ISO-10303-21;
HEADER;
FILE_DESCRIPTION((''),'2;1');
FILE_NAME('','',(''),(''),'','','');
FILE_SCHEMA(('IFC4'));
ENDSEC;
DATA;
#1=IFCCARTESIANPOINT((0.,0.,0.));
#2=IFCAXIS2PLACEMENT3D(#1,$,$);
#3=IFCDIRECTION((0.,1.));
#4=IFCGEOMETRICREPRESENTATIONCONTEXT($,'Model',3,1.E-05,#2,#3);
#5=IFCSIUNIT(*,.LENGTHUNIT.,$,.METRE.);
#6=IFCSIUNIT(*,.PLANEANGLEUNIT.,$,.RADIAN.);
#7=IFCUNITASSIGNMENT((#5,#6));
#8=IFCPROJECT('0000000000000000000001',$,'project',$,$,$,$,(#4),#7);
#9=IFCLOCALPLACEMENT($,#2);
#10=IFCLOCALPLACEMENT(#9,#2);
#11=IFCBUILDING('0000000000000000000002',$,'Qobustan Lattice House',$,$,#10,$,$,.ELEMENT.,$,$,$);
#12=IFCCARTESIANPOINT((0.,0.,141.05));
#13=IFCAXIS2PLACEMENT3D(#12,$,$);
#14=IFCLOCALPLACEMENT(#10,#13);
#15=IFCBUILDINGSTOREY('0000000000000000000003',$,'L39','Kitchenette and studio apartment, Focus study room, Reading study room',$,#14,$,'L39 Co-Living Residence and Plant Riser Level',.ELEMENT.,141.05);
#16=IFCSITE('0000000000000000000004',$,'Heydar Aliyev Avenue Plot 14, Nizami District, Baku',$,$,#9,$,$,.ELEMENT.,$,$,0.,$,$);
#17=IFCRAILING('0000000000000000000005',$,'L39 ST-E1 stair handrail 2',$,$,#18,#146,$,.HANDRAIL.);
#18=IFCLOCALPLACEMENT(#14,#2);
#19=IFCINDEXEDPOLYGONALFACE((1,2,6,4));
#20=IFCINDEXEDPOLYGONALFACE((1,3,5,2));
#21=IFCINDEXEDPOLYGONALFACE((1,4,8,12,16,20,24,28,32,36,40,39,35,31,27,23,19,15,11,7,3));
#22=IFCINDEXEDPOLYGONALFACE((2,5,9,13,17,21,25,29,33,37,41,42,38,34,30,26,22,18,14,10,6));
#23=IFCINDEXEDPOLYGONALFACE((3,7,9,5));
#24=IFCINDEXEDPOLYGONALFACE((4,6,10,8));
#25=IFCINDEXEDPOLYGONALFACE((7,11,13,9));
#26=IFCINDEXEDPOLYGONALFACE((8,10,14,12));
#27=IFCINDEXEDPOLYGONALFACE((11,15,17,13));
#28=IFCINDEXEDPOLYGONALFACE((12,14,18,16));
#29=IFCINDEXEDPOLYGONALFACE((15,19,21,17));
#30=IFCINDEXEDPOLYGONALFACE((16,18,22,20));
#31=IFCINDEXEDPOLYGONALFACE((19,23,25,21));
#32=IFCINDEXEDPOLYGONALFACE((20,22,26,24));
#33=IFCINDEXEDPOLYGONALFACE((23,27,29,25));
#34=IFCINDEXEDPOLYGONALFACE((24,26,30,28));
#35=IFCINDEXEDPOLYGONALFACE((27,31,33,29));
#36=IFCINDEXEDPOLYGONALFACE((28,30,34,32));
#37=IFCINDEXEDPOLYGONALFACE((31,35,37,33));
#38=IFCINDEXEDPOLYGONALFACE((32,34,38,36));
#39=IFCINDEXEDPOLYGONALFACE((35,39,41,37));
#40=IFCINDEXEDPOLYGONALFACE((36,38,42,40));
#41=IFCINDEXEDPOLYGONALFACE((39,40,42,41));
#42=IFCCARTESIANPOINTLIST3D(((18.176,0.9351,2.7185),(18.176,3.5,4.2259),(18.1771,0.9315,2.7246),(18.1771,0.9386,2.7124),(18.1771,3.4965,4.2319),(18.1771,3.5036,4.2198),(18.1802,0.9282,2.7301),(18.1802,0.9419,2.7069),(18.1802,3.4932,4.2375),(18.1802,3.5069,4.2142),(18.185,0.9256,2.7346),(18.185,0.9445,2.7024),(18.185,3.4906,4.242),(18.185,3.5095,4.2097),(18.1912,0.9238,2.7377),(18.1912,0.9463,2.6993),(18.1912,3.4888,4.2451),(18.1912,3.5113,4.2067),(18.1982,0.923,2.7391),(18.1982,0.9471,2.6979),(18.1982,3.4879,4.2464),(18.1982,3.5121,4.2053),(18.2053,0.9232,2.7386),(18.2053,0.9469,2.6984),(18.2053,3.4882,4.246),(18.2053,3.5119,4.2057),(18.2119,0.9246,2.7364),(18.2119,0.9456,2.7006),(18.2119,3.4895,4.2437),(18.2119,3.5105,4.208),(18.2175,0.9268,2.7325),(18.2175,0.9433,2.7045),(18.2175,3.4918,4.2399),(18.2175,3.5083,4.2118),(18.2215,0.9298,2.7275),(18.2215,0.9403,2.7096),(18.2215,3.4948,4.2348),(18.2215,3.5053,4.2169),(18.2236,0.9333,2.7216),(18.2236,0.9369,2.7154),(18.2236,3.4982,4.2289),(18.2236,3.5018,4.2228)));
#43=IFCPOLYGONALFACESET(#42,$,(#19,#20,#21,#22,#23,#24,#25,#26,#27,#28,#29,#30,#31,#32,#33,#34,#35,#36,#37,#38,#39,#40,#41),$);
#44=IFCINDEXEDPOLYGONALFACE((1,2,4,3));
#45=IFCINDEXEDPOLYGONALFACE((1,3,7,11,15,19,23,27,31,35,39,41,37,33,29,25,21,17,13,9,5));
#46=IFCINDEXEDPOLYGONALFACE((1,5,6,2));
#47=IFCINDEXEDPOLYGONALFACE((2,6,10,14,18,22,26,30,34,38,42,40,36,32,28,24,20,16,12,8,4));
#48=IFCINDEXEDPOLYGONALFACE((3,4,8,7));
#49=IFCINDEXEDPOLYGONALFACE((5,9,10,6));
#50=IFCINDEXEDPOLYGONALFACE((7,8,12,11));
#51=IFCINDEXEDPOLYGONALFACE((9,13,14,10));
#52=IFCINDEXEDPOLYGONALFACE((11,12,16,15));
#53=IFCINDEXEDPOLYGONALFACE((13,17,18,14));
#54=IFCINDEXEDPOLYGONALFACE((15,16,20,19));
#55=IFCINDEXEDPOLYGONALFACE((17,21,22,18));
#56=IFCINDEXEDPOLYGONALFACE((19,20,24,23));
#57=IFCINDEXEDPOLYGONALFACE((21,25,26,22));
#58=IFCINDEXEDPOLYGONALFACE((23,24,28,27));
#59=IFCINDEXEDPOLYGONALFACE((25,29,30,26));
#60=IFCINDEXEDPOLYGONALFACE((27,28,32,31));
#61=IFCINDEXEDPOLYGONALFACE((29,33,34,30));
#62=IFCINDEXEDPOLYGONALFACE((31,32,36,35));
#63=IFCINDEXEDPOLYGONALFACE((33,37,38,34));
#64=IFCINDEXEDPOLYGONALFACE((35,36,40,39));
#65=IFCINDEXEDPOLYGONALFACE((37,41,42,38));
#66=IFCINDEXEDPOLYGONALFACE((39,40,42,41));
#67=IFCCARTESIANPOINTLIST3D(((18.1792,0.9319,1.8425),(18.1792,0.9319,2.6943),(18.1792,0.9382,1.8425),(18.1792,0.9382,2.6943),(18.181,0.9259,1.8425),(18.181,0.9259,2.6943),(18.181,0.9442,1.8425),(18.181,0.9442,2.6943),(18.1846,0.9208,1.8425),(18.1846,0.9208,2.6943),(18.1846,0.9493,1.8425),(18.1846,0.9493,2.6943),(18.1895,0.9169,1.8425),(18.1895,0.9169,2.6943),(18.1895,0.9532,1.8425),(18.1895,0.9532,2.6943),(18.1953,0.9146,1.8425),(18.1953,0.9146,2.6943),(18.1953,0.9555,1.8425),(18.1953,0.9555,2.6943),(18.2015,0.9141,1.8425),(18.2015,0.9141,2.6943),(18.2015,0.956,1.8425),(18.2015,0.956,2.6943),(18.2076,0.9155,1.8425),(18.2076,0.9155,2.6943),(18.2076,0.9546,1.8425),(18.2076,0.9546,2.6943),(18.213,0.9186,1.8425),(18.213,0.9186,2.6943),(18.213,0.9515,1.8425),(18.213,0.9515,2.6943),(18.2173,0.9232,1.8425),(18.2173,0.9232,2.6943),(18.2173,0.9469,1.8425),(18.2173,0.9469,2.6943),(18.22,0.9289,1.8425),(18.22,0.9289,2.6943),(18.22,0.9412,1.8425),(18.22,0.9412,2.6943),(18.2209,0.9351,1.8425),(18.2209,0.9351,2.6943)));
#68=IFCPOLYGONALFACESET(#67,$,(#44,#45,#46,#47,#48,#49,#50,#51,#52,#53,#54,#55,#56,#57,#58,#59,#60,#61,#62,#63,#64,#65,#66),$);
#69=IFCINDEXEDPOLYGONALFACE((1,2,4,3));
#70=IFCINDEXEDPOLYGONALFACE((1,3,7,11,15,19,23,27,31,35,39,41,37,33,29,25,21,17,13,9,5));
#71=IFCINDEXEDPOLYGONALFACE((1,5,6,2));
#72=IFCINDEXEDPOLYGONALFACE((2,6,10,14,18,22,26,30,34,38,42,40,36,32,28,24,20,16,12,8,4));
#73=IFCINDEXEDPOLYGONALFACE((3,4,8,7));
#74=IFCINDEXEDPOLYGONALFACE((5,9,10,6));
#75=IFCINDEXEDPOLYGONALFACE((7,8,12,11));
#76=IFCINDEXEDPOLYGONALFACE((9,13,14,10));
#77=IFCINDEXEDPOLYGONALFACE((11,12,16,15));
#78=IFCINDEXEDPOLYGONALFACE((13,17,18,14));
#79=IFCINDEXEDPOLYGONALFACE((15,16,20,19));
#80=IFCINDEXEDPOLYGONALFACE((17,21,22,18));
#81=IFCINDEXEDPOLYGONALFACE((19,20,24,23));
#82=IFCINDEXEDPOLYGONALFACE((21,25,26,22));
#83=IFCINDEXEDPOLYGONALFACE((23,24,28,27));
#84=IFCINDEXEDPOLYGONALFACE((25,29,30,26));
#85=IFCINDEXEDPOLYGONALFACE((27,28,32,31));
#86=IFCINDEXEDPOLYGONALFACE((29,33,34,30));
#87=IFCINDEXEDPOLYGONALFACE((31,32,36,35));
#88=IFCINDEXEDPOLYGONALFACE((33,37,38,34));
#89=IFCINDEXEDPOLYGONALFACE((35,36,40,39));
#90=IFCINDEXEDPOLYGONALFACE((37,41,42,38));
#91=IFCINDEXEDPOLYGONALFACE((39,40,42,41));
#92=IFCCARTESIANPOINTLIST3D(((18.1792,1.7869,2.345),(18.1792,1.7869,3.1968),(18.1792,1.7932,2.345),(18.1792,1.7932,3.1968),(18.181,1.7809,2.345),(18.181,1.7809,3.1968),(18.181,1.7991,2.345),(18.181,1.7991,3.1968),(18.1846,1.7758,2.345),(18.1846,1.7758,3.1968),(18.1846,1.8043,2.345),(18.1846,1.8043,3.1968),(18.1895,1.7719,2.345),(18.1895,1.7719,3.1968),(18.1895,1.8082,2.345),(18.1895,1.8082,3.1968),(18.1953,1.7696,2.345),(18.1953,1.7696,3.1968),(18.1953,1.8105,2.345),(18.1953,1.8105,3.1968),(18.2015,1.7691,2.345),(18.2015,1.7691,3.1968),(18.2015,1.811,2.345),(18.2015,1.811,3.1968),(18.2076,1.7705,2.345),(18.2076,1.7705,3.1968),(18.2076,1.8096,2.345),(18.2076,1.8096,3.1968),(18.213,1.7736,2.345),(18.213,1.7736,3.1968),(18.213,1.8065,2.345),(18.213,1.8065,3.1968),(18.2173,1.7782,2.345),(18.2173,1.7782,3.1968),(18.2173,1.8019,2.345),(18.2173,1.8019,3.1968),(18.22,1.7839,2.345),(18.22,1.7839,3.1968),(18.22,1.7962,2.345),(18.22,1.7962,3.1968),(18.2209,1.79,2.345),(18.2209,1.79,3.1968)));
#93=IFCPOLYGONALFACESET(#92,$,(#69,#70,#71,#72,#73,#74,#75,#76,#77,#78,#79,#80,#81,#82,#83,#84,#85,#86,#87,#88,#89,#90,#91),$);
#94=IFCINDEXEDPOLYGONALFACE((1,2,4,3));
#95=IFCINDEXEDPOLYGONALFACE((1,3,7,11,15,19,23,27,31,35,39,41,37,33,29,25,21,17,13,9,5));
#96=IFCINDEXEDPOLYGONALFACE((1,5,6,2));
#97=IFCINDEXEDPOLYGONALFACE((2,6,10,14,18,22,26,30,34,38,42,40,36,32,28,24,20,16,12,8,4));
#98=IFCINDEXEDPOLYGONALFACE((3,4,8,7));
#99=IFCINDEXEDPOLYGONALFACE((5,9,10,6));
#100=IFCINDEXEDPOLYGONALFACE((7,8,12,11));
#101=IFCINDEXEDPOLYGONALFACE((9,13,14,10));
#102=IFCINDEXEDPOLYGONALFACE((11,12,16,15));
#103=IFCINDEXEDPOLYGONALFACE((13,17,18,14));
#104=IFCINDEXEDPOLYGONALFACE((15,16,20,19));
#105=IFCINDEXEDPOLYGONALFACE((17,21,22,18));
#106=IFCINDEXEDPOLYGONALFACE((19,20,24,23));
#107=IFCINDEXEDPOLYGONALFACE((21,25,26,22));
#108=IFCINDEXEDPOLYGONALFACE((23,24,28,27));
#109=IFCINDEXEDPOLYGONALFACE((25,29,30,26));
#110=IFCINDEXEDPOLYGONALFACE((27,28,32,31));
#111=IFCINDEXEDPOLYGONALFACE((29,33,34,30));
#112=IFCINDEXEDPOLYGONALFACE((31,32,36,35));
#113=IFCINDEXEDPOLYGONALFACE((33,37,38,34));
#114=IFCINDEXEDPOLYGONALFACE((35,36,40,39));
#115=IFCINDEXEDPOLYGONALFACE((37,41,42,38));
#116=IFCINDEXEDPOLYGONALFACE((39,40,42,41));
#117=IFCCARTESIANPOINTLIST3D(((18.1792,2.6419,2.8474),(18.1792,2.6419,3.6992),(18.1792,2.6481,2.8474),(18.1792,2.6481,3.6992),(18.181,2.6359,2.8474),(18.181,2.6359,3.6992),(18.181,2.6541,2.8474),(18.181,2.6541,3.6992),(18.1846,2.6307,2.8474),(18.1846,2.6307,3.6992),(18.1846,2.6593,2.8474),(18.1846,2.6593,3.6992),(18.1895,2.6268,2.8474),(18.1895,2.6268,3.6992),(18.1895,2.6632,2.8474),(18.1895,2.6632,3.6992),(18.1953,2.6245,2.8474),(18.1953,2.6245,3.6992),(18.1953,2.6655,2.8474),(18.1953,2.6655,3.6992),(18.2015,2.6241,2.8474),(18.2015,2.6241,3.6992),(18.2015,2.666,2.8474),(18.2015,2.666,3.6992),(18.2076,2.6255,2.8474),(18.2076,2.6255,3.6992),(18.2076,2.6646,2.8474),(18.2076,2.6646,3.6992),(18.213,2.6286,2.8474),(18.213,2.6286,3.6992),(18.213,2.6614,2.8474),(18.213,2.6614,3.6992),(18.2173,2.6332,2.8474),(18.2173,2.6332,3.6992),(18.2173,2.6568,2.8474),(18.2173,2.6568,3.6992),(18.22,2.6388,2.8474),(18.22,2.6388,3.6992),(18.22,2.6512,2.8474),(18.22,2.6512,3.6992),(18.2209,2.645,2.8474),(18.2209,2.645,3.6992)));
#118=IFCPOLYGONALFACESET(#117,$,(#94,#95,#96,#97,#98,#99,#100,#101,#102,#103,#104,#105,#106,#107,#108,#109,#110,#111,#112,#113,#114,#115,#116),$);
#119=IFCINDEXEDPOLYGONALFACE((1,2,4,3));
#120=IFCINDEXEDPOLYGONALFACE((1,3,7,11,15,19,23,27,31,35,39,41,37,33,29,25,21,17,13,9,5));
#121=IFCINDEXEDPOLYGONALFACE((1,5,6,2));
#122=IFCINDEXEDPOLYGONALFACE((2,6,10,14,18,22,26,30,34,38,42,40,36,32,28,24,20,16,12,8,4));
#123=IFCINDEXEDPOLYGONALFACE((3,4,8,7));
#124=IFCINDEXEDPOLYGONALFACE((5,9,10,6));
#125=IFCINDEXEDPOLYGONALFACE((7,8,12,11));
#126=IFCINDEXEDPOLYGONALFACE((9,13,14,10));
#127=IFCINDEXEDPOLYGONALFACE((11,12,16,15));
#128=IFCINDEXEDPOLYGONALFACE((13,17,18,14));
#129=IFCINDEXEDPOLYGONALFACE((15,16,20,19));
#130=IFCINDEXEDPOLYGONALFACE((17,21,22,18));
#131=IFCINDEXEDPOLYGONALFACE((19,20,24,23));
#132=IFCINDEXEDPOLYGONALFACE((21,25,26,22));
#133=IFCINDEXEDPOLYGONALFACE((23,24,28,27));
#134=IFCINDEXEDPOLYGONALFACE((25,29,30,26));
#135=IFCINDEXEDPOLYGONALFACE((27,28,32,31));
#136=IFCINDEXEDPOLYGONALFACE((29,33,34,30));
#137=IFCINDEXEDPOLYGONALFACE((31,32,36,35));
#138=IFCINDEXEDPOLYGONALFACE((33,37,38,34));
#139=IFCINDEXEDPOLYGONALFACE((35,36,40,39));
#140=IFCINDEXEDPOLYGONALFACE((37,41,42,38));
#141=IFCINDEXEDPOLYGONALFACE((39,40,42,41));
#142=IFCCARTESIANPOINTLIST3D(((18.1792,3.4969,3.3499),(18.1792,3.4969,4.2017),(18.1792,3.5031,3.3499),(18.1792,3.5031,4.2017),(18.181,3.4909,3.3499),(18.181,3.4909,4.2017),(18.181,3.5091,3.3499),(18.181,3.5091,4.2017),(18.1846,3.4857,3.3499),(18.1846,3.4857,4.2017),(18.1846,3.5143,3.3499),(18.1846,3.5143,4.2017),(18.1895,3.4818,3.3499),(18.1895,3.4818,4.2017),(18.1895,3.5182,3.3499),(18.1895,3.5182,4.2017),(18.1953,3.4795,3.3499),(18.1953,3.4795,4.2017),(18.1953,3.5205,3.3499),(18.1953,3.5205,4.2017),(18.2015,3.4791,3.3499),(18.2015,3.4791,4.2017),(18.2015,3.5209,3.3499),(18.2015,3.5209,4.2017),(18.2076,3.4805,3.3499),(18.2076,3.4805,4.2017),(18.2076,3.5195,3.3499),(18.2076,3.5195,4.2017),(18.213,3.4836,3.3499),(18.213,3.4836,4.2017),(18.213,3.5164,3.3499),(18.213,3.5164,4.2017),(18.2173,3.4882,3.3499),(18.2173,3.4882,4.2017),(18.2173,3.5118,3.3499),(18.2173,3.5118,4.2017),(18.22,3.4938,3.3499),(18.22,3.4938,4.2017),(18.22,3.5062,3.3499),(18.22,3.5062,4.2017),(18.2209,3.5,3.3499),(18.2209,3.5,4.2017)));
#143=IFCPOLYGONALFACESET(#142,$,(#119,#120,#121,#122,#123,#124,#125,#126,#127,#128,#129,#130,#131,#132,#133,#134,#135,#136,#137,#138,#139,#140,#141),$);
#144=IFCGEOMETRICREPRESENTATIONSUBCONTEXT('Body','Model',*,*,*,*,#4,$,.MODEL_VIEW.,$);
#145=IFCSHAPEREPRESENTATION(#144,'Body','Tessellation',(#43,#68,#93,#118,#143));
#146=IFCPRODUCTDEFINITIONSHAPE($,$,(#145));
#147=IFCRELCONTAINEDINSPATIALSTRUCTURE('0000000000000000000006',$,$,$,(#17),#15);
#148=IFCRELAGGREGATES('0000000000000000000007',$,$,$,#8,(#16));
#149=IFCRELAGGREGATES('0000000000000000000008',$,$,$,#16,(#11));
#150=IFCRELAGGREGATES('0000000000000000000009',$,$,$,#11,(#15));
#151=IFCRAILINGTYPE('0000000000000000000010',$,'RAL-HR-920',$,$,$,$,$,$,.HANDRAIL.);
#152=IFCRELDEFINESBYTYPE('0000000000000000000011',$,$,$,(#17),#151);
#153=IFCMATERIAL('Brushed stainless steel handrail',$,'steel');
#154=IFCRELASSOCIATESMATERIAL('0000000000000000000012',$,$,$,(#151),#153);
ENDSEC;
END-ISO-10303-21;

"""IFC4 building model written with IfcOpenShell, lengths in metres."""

from ifc_helpers import new_model, si_unit, direction, frame, origin, origin_2d, place, context, subcontext, project, spatial, circle, extrude, material, type_object, element, save


model = new_model("IFC4")

# Units and contexts
model_context = context("Model", 3, precision=1e-05, world=origin(), true_north=direction((0.0, 1.0)))
body_context = subcontext(model_context, "Body", "Model", "MODEL_VIEW")
ifc_project = project(units=[si_unit("LENGTHUNIT", "METRE"), si_unit("PLANEANGLEUNIT", "RADIAN")], contexts=[model_context])

# Site, building, storey
site_placement = place(None, origin())
site = spatial("IfcSite", under=ifc_project, at=site_placement, Name="Heydar Aliyev Avenue Plot 14, Nizami District, Baku", CompositionType="ELEMENT", RefElevation=0.0)
building_placement = place(site_placement, origin())
building = spatial("IfcBuilding", under=site, at=building_placement, Name="Qobustan Lattice House", CompositionType="ELEMENT")
storey_placement = place(building_placement, frame((0.0, 0.0, 141.05)))
storey = spatial("IfcBuildingStorey", under=building, at=storey_placement, Name="L39", Description="Kitchenette and studio apartment, Focus study room, Reading study room", LongName="L39 Co-Living Residence and Plant Riser Level", CompositionType="ELEMENT", Elevation=141.05)

# Railing
ifc_material_1 = material(Name="Brushed stainless steel handrail", Category="steel")
railing_type = type_object("IfcRailingType", Name="RAL-HR-920", PredefinedType="HANDRAIL", material=ifc_material_1)
railing_placement = place(storey_placement, frame((18.2, 0.9351, 1.8425)))
element("IfcRailing", 1, at=railing_placement, inside=storey, type_object=railing_type, Name="L39 ST-E1 stair handrail 2", PredefinedType="HANDRAIL", context=body_context, shape_type="SweptSolid", body=[
    extrude(circle(Radius=0.0239, at=origin_2d()), frame((0.0, 0.0, 0.876), z_axis=(0.0, 0.862149, 0.506654), x_axis=(-1.0, 0.0, 0.0)), (0.0, 0.0, 1.0), 2.9751),
    extrude(circle(Radius=0.021, at=origin_2d()), origin(), (0.0, 0.0, 1.0), 0.8518),
    extrude(circle(Radius=0.021, at=origin_2d()), frame((0.0, 0.855, 0.5024)), (0.0, 0.0, 1.0), 0.8518),
    extrude(circle(Radius=0.021, at=origin_2d()), frame((0.0, 1.71, 1.0049)), (0.0, 0.0, 1.0), 0.8518),
    extrude(circle(Radius=0.021, at=origin_2d()), frame((0.0, 2.5649, 1.5073)), (0.0, 0.0, 1.0), 0.8518),
])

save(model, "model.ifc")
